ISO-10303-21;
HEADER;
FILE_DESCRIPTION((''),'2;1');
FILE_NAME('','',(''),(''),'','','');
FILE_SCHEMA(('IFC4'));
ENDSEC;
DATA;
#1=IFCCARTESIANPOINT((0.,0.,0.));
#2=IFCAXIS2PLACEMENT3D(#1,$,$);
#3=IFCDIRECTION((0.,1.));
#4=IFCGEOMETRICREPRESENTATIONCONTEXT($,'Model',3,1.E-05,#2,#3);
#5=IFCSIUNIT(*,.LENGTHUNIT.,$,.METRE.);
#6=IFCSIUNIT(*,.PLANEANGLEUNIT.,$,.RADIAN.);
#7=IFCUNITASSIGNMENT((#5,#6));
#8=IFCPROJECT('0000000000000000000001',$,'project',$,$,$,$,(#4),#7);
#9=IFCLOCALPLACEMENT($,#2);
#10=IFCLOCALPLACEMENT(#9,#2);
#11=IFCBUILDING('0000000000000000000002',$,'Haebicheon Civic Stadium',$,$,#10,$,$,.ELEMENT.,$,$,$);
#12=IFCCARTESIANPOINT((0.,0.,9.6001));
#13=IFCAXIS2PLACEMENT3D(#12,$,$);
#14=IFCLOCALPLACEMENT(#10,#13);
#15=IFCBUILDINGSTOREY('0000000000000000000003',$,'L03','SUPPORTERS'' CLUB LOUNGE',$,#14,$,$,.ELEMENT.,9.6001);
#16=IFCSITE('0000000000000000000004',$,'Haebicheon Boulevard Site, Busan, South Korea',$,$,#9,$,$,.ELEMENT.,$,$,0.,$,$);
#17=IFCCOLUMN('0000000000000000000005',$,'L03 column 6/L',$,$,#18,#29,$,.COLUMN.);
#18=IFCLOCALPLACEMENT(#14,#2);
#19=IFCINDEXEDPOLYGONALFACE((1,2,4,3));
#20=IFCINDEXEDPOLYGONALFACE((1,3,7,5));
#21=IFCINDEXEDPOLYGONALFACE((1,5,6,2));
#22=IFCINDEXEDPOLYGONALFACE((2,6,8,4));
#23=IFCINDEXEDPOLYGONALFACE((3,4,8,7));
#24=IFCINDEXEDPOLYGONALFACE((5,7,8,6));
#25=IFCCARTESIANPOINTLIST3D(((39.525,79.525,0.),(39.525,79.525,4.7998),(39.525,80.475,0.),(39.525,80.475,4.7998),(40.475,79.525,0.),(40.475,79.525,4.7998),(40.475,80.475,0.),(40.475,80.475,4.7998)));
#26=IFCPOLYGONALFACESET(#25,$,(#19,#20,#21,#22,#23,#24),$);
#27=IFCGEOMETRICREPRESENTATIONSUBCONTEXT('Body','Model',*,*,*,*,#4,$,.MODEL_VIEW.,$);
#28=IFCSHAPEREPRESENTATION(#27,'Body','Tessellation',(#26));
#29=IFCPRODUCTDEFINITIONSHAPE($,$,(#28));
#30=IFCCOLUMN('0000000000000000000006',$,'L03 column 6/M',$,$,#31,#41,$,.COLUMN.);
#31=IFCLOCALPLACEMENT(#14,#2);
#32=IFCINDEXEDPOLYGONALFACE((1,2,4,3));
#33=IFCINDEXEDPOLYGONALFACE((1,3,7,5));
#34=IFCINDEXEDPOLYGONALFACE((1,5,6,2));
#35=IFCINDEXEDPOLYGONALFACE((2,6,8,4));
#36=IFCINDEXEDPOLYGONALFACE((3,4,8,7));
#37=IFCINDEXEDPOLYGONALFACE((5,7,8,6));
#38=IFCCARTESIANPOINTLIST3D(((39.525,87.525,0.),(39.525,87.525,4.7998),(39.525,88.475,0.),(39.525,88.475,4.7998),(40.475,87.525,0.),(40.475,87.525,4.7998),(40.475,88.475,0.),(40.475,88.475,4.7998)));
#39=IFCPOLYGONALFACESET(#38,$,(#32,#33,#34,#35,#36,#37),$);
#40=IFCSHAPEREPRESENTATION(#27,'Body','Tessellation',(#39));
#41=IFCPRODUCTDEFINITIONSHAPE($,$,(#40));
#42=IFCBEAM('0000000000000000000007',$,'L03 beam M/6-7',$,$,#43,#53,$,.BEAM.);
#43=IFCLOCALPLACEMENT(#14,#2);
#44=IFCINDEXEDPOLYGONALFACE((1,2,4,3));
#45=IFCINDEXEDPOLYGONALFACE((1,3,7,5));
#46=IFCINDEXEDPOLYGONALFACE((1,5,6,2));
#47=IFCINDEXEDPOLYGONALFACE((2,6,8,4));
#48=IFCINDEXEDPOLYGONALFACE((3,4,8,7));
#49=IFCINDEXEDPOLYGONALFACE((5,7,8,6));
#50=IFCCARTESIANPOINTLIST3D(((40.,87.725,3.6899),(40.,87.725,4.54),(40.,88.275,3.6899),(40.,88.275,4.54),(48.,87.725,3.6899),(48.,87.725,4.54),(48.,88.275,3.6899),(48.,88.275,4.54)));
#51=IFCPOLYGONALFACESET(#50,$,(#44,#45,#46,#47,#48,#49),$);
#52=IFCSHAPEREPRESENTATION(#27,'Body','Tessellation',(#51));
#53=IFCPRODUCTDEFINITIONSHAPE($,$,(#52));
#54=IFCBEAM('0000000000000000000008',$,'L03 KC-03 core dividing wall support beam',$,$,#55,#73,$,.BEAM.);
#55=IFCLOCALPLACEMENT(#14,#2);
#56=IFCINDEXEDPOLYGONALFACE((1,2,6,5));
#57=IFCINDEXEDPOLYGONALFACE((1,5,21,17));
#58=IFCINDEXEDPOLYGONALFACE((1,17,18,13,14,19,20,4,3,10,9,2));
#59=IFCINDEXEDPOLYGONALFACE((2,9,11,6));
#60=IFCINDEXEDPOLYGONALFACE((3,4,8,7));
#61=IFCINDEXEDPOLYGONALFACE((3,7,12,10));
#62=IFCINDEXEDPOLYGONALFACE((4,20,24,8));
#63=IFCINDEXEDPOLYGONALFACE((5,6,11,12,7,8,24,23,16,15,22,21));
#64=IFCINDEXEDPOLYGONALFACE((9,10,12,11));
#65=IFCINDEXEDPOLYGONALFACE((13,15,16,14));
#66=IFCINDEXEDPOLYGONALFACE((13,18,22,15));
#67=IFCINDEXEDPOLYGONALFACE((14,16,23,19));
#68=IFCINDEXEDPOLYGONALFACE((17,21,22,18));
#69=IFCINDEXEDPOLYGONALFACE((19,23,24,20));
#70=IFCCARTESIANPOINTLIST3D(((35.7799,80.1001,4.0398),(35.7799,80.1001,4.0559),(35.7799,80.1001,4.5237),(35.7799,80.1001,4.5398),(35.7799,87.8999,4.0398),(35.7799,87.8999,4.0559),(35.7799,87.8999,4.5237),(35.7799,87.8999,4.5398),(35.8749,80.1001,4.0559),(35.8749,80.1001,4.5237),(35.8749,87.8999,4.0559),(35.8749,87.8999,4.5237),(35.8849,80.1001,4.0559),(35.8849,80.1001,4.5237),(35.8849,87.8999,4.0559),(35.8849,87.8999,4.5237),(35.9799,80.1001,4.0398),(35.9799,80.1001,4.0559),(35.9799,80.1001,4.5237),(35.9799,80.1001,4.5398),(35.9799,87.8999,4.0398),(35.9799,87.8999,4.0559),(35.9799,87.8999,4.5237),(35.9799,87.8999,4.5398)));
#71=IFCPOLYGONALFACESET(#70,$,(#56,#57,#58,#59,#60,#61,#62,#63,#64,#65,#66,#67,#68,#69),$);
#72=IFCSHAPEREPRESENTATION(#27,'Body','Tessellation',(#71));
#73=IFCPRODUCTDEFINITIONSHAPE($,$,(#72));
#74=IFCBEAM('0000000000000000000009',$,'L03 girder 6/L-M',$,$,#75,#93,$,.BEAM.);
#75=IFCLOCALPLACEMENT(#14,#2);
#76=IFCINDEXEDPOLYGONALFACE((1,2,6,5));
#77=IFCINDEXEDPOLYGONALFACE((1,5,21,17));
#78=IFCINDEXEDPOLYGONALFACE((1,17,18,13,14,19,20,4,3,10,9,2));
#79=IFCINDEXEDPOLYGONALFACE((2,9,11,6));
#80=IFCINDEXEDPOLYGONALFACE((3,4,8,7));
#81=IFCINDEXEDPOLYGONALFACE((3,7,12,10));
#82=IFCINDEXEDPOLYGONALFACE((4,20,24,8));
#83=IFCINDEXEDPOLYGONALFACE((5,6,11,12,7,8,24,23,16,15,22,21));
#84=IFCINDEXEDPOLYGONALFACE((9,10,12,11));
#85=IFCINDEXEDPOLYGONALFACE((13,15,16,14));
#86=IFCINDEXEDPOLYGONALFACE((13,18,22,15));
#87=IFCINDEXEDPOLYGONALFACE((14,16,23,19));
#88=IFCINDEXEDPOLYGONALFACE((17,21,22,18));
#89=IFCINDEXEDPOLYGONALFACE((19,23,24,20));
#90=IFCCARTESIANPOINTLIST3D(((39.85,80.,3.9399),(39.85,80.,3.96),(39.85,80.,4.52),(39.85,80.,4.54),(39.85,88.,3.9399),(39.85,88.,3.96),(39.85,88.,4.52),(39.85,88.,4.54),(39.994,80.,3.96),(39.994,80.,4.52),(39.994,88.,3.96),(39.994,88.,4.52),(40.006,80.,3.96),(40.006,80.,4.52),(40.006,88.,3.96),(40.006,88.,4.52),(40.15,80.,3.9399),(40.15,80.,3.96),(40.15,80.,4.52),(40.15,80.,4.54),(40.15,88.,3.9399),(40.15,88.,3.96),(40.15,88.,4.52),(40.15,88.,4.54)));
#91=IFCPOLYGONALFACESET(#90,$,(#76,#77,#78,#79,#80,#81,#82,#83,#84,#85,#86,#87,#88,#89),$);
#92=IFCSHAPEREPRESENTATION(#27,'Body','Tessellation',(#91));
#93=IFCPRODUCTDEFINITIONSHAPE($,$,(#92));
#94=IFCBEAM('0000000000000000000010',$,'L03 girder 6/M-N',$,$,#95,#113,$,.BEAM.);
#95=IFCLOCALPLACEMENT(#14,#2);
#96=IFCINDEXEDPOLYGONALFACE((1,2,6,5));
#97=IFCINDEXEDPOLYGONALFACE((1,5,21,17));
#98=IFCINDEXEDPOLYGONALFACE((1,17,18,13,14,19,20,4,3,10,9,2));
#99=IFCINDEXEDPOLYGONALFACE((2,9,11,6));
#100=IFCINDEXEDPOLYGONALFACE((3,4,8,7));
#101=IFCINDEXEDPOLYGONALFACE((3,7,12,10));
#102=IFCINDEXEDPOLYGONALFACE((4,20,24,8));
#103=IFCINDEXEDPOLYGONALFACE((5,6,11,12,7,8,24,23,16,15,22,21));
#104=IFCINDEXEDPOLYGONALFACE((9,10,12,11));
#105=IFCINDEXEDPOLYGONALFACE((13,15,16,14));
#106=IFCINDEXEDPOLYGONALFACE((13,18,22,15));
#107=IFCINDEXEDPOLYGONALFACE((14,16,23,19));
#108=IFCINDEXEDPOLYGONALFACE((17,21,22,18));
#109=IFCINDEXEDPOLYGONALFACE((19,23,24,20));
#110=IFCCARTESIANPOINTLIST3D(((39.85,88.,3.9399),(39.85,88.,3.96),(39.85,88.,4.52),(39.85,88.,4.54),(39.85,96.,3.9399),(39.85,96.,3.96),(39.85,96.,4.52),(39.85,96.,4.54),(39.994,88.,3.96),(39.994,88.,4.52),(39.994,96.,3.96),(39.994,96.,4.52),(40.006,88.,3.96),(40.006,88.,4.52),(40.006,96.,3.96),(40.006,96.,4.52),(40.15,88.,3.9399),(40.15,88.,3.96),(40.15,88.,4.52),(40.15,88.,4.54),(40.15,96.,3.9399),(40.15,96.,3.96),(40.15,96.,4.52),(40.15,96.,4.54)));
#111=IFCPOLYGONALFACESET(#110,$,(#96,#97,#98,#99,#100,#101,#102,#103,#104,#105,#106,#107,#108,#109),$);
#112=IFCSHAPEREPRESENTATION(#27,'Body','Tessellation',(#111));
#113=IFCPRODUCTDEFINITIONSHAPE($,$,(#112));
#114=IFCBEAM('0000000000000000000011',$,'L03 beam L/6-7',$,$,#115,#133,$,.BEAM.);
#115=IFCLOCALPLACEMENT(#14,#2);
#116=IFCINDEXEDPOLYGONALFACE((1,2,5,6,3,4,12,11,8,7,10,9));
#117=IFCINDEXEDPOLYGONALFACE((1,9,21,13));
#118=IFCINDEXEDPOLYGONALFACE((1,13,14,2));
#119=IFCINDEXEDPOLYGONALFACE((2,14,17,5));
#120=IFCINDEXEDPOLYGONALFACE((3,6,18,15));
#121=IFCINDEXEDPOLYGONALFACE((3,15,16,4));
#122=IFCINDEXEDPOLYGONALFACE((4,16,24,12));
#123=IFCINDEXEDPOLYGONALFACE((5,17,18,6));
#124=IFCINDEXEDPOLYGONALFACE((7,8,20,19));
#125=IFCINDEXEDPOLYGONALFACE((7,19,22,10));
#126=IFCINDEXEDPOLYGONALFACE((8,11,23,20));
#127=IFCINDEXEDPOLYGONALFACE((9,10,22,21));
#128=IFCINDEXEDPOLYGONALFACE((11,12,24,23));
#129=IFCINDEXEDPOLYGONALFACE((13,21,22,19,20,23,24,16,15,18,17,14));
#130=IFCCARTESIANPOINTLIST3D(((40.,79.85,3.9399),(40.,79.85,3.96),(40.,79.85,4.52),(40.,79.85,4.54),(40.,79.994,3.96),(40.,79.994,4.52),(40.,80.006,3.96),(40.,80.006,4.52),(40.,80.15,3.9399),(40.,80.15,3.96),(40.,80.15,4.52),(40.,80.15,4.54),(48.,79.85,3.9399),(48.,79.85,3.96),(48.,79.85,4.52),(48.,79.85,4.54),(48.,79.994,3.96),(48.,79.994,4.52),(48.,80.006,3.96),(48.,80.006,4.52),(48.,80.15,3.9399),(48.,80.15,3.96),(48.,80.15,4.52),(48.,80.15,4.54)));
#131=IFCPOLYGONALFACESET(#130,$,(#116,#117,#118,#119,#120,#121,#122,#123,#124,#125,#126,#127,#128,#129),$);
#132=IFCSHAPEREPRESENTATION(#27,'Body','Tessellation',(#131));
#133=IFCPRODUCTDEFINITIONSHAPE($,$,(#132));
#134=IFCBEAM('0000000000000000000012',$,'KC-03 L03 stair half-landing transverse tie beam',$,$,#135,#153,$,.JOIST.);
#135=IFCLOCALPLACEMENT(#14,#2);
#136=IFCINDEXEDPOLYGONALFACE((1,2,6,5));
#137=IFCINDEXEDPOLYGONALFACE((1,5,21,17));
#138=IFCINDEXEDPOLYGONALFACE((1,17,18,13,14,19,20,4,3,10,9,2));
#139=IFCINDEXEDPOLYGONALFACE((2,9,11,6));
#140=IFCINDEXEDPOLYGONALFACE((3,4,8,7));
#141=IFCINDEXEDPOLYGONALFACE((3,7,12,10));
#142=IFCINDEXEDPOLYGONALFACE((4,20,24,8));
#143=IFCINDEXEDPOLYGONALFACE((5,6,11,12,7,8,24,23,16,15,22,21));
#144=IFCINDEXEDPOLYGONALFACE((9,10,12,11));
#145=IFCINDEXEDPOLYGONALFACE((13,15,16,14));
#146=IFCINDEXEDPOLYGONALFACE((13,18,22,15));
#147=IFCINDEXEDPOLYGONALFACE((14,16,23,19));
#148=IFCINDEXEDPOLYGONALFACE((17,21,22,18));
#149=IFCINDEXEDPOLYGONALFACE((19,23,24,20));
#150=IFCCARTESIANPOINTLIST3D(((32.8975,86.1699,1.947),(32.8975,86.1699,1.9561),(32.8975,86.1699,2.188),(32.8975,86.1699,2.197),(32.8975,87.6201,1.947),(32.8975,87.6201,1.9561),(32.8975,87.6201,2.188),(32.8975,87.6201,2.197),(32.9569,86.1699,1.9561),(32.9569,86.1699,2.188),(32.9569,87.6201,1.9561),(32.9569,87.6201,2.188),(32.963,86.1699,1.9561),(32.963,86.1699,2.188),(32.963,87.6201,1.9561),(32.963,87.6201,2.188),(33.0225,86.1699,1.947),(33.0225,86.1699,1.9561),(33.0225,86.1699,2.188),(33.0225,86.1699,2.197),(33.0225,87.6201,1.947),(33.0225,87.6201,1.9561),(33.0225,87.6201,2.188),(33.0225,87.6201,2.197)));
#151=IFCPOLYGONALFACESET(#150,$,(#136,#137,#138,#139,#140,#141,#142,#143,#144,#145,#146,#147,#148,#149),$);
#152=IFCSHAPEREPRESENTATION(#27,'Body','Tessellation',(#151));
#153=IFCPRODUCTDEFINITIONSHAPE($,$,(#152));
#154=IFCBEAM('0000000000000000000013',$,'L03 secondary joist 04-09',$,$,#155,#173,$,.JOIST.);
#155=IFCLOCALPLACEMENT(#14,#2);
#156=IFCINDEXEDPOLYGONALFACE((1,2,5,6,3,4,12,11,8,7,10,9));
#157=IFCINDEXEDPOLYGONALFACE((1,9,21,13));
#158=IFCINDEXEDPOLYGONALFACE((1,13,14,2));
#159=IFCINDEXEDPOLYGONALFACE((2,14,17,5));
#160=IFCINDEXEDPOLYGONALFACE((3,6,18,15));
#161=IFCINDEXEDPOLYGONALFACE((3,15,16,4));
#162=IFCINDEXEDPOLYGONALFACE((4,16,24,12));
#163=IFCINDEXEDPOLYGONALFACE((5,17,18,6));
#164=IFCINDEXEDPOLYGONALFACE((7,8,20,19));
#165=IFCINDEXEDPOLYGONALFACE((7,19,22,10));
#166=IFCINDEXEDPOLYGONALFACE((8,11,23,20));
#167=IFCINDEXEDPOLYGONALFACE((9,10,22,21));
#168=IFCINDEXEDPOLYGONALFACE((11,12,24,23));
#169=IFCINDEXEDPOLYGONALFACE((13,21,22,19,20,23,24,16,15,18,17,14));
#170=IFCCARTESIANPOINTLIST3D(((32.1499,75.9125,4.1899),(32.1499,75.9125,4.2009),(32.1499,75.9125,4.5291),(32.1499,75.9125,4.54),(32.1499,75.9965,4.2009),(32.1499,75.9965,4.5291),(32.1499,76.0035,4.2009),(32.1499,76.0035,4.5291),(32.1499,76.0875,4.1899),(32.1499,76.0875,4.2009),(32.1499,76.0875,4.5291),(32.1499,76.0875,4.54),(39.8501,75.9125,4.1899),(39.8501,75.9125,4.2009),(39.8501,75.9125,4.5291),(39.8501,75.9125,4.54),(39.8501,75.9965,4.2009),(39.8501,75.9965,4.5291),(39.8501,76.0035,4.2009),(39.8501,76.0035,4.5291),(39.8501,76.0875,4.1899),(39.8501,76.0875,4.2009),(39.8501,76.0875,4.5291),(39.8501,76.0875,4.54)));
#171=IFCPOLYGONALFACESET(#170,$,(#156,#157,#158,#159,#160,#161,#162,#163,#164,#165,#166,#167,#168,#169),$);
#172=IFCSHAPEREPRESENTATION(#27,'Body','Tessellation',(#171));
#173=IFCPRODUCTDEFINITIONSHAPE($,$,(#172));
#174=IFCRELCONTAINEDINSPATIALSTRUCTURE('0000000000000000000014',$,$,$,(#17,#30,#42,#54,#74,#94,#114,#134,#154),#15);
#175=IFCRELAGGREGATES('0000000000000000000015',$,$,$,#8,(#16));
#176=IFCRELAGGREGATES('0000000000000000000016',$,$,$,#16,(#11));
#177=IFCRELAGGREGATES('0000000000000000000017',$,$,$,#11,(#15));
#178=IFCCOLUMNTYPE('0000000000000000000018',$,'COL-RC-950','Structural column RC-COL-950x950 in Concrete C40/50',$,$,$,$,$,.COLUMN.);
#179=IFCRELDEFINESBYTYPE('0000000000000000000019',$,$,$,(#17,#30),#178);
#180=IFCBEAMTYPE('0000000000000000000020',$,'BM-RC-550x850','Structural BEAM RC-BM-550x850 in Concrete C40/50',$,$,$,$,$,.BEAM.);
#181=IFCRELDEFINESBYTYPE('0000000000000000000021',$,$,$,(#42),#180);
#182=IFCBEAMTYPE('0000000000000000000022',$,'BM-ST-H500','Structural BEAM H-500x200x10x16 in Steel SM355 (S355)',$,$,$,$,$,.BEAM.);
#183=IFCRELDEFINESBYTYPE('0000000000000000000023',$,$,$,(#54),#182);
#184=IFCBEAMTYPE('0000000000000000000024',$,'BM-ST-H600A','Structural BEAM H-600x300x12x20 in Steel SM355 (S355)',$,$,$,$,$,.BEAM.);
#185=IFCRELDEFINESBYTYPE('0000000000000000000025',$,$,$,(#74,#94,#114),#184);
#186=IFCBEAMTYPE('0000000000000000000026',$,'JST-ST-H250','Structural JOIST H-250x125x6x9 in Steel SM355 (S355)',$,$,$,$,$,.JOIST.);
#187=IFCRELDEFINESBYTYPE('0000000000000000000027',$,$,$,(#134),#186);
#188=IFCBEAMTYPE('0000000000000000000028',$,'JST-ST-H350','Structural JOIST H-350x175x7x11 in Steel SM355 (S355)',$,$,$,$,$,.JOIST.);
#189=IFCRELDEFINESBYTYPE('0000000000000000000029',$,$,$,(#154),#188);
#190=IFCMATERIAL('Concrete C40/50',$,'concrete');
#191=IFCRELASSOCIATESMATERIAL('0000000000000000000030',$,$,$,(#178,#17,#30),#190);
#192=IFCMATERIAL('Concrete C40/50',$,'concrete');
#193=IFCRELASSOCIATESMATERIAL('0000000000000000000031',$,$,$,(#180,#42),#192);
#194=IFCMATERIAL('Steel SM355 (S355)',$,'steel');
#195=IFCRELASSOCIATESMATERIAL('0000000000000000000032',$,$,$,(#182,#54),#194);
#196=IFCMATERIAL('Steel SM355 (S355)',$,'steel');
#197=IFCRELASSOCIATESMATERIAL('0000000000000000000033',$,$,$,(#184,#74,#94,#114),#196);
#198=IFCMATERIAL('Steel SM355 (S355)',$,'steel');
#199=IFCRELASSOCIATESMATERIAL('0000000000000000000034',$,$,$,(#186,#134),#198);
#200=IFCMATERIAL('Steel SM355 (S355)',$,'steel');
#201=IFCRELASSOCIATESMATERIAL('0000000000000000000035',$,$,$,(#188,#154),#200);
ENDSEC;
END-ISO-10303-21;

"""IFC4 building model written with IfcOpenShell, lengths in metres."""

from ifc_helpers import new_model, si_unit, direction, frame, origin, origin_2d, place, context, subcontext, project, spatial, rectangle, i_section, extrude, material, material_profile, profile_set, type_object, element, save


model = new_model("IFC4")

# Units and contexts
model_context = context("Model", 3, precision=1e-05, world=origin(), true_north=direction((0.0, 1.0)))
body_context = subcontext(model_context, "Body", "Model", "MODEL_VIEW")
ifc_project = project(units=[si_unit("LENGTHUNIT", "METRE"), si_unit("PLANEANGLEUNIT", "RADIAN")], contexts=[model_context])

# Site, building, storey
site_placement = place(None, origin())
site = spatial("IfcSite", under=ifc_project, at=site_placement, Name="Haebicheon Boulevard Site, Busan, South Korea", CompositionType="ELEMENT", RefElevation=0.0)
building_placement = place(site_placement, origin())
building = spatial("IfcBuilding", under=site, at=building_placement, Name="Haebicheon Civic Stadium", CompositionType="ELEMENT")
storey_placement = place(building_placement, frame((0.0, 0.0, 9.6001)))
storey = spatial("IfcBuildingStorey", under=building, at=storey_placement, Name="L03", Description="SUPPORTERS' CLUB LOUNGE", CompositionType="ELEMENT", Elevation=9.6001)

# Columns
ifc_material_1 = material(Name="Concrete C40/50", Category="concrete")
ifc_material_profile_1 = material_profile(ifc_material_1, rectangle(XDim=0.95, YDim=0.95, at=origin_2d()), Name="RC-COL-950x950")
ifc_profile_set_1 = profile_set([ifc_material_profile_1], Name="Concrete C40/50")
column_type = type_object("IfcColumnType", Name="COL-RC-950", Description="Structural column RC-COL-950x950 in Concrete C40/50", PredefinedType="COLUMN", material=ifc_profile_set_1)
for number, where, z_axis, x_axis, name in (
    (1, (40.0, 80.0, 0.0), (0.0, 0.0, 1.0), (1.0, 0.0, 0.0), "L03 column 6/L"),
    (2, (40.0, 88.0, 0.0), (0.0, 0.0, 1.0), (1.0, 0.0, 0.0), "L03 column 6/M"),
):
    element("IfcColumn", number, at=place(storey_placement, frame(where, z_axis=z_axis, x_axis=x_axis)), inside=storey, type_object=column_type, material=ifc_profile_set_1, Name=name, PredefinedType="COLUMN", context=body_context, shape_type="SweptSolid", body=[
        extrude(rectangle(XDim=0.95, YDim=0.95, at=origin_2d()), origin(), (0.0, 0.0, 1.0), 4.7998),
    ])

# Beams
ifc_material_2 = material(Name="Concrete C40/50", Category="concrete")
ifc_material_profile_2 = material_profile(ifc_material_2, rectangle(XDim=0.55, YDim=0.8501, at=origin_2d()), Name="RC-BM-550x850")
ifc_profile_set_2 = profile_set([ifc_material_profile_2], Name="Concrete C40/50")
beam_type_1 = type_object("IfcBeamType", Name="BM-RC-550x850", Description="Structural BEAM RC-BM-550x850 in Concrete C40/50", PredefinedType="BEAM", material=ifc_profile_set_2)
beam_1_placement = place(storey_placement, frame((40.0, 88.0, 4.115), z_axis=(1.0, 0.0, 0.0), x_axis=(0.0, 1.0, 0.0)))
element("IfcBeam", 3, at=beam_1_placement, inside=storey, type_object=beam_type_1, material=ifc_profile_set_2, Name="L03 beam M/6-7", PredefinedType="BEAM", context=body_context, shape_type="SweptSolid", body=[
    extrude(rectangle(XDim=0.55, YDim=0.8501, at=origin_2d()), origin(), (0.0, 0.0, 1.0), 8.0),
])
ifc_material_3 = material(Name="Steel SM355 (S355)", Category="steel")
ifc_material_profile_3 = material_profile(ifc_material_3, i_section(OverallWidth=0.2, OverallDepth=0.5, WebThickness=0.01, FlangeThickness=0.0161, at=origin_2d()), Name="H-500x200x10x16")
ifc_profile_set_3 = profile_set([ifc_material_profile_3], Name="Steel SM355 (S355)")
beam_type_2 = type_object("IfcBeamType", Name="BM-ST-H500", Description="Structural BEAM H-500x200x10x16 in Steel SM355 (S355)", PredefinedType="BEAM", material=ifc_profile_set_3)
beam_2_placement = place(storey_placement, frame((35.8799, 80.1001, 4.2898), z_axis=(0.0, 1.0, 0.0), x_axis=(-1.0, 0.0, 0.0)))
element("IfcBeam", 4, at=beam_2_placement, inside=storey, type_object=beam_type_2, material=ifc_profile_set_3, Name="L03 KC-03 core dividing wall support beam", PredefinedType="BEAM", context=body_context, shape_type="SweptSolid", body=[
    extrude(i_section(OverallWidth=0.2, OverallDepth=0.5, WebThickness=0.01, FlangeThickness=0.0161, at=origin_2d()), origin(), (0.0, 0.0, 1.0), 7.7998),
])
ifc_material_4 = material(Name="Steel SM355 (S355)", Category="steel")
ifc_material_profile_4 = material_profile(ifc_material_4, i_section(OverallWidth=0.3, OverallDepth=0.6001, WebThickness=0.012, FlangeThickness=0.02, at=origin_2d()), Name="H-600x300x12x20")
ifc_profile_set_4 = profile_set([ifc_material_profile_4], Name="Steel SM355 (S355)")
beam_type_3 = type_object("IfcBeamType", Name="BM-ST-H600A", Description="Structural BEAM H-600x300x12x20 in Steel SM355 (S355)", PredefinedType="BEAM", material=ifc_profile_set_4)
for number, where, z_axis, x_axis, name in (
    (5, (40.0, 80.0, 4.24), (0.0, 1.0, 0.0), (-1.0, 0.0, 0.0), "L03 girder 6/L-M"),
    (6, (40.0, 88.0, 4.24), (0.0, 1.0, 0.0), (-1.0, 0.0, 0.0), "L03 girder 6/M-N"),
    (7, (40.0, 80.0, 4.24), (1.0, 0.0, 0.0), (0.0, 1.0, 0.0), "L03 beam L/6-7"),
):
    element("IfcBeam", number, at=place(storey_placement, frame(where, z_axis=z_axis, x_axis=x_axis)), inside=storey, type_object=beam_type_3, material=ifc_profile_set_4, Name=name, PredefinedType="BEAM", context=body_context, shape_type="SweptSolid", body=[
        extrude(i_section(OverallWidth=0.3, OverallDepth=0.6001, WebThickness=0.012, FlangeThickness=0.02, at=origin_2d()), origin(), (0.0, 0.0, 1.0), 8.0),
    ])
ifc_material_5 = material(Name="Steel SM355 (S355)", Category="steel")
ifc_material_profile_5 = material_profile(ifc_material_5, i_section(OverallWidth=0.125, OverallDepth=0.25, WebThickness=0.0061, FlangeThickness=0.009, at=origin_2d()), Name="H-250x125x6x9")
ifc_profile_set_5 = profile_set([ifc_material_profile_5], Name="Steel SM355 (S355)")
beam_type_4 = type_object("IfcBeamType", Name="JST-ST-H250", Description="Structural JOIST H-250x125x6x9 in Steel SM355 (S355)", PredefinedType="JOIST", material=ifc_profile_set_5)
beam_3_placement = place(storey_placement, frame((32.96, 86.1699, 2.072), z_axis=(0.0, 1.0, 0.0), x_axis=(-1.0, 0.0, 0.0)))
element("IfcBeam", 8, at=beam_3_placement, inside=storey, type_object=beam_type_4, material=ifc_profile_set_5, Name="KC-03 L03 stair half-landing transverse tie beam", PredefinedType="JOIST", context=body_context, shape_type="SweptSolid", body=[
    extrude(i_section(OverallWidth=0.125, OverallDepth=0.25, WebThickness=0.0061, FlangeThickness=0.009, at=origin_2d()), origin(), (0.0, 0.0, 1.0), 1.4502),
])
ifc_material_6 = material(Name="Steel SM355 (S355)", Category="steel")
ifc_material_profile_6 = material_profile(ifc_material_6, i_section(OverallWidth=0.175, OverallDepth=0.3501, WebThickness=0.0071, FlangeThickness=0.011, at=origin_2d()), Name="H-350x175x7x11")
ifc_profile_set_6 = profile_set([ifc_material_profile_6], Name="Steel SM355 (S355)")
beam_type_5 = type_object("IfcBeamType", Name="JST-ST-H350", Description="Structural JOIST H-350x175x7x11 in Steel SM355 (S355)", PredefinedType="JOIST", material=ifc_profile_set_6)
for number, where, z_axis, x_axis, name in (
    (9, (32.1499, 76.0, 4.365), (1.0, 0.0, 0.0), (0.0, 1.0, 0.0), "L03 secondary joist 04-09"),
):
    element("IfcBeam", number, at=place(storey_placement, frame(where, z_axis=z_axis, x_axis=x_axis)), inside=storey, type_object=beam_type_5, material=ifc_profile_set_6, Name=name, PredefinedType="JOIST", context=body_context, shape_type="SweptSolid", body=[
        extrude(i_section(OverallWidth=0.175, OverallDepth=0.3501, WebThickness=0.0071, FlangeThickness=0.011, at=origin_2d()), origin(), (0.0, 0.0, 1.0), 7.7002),
    ])

save(model, "model.ifc")
